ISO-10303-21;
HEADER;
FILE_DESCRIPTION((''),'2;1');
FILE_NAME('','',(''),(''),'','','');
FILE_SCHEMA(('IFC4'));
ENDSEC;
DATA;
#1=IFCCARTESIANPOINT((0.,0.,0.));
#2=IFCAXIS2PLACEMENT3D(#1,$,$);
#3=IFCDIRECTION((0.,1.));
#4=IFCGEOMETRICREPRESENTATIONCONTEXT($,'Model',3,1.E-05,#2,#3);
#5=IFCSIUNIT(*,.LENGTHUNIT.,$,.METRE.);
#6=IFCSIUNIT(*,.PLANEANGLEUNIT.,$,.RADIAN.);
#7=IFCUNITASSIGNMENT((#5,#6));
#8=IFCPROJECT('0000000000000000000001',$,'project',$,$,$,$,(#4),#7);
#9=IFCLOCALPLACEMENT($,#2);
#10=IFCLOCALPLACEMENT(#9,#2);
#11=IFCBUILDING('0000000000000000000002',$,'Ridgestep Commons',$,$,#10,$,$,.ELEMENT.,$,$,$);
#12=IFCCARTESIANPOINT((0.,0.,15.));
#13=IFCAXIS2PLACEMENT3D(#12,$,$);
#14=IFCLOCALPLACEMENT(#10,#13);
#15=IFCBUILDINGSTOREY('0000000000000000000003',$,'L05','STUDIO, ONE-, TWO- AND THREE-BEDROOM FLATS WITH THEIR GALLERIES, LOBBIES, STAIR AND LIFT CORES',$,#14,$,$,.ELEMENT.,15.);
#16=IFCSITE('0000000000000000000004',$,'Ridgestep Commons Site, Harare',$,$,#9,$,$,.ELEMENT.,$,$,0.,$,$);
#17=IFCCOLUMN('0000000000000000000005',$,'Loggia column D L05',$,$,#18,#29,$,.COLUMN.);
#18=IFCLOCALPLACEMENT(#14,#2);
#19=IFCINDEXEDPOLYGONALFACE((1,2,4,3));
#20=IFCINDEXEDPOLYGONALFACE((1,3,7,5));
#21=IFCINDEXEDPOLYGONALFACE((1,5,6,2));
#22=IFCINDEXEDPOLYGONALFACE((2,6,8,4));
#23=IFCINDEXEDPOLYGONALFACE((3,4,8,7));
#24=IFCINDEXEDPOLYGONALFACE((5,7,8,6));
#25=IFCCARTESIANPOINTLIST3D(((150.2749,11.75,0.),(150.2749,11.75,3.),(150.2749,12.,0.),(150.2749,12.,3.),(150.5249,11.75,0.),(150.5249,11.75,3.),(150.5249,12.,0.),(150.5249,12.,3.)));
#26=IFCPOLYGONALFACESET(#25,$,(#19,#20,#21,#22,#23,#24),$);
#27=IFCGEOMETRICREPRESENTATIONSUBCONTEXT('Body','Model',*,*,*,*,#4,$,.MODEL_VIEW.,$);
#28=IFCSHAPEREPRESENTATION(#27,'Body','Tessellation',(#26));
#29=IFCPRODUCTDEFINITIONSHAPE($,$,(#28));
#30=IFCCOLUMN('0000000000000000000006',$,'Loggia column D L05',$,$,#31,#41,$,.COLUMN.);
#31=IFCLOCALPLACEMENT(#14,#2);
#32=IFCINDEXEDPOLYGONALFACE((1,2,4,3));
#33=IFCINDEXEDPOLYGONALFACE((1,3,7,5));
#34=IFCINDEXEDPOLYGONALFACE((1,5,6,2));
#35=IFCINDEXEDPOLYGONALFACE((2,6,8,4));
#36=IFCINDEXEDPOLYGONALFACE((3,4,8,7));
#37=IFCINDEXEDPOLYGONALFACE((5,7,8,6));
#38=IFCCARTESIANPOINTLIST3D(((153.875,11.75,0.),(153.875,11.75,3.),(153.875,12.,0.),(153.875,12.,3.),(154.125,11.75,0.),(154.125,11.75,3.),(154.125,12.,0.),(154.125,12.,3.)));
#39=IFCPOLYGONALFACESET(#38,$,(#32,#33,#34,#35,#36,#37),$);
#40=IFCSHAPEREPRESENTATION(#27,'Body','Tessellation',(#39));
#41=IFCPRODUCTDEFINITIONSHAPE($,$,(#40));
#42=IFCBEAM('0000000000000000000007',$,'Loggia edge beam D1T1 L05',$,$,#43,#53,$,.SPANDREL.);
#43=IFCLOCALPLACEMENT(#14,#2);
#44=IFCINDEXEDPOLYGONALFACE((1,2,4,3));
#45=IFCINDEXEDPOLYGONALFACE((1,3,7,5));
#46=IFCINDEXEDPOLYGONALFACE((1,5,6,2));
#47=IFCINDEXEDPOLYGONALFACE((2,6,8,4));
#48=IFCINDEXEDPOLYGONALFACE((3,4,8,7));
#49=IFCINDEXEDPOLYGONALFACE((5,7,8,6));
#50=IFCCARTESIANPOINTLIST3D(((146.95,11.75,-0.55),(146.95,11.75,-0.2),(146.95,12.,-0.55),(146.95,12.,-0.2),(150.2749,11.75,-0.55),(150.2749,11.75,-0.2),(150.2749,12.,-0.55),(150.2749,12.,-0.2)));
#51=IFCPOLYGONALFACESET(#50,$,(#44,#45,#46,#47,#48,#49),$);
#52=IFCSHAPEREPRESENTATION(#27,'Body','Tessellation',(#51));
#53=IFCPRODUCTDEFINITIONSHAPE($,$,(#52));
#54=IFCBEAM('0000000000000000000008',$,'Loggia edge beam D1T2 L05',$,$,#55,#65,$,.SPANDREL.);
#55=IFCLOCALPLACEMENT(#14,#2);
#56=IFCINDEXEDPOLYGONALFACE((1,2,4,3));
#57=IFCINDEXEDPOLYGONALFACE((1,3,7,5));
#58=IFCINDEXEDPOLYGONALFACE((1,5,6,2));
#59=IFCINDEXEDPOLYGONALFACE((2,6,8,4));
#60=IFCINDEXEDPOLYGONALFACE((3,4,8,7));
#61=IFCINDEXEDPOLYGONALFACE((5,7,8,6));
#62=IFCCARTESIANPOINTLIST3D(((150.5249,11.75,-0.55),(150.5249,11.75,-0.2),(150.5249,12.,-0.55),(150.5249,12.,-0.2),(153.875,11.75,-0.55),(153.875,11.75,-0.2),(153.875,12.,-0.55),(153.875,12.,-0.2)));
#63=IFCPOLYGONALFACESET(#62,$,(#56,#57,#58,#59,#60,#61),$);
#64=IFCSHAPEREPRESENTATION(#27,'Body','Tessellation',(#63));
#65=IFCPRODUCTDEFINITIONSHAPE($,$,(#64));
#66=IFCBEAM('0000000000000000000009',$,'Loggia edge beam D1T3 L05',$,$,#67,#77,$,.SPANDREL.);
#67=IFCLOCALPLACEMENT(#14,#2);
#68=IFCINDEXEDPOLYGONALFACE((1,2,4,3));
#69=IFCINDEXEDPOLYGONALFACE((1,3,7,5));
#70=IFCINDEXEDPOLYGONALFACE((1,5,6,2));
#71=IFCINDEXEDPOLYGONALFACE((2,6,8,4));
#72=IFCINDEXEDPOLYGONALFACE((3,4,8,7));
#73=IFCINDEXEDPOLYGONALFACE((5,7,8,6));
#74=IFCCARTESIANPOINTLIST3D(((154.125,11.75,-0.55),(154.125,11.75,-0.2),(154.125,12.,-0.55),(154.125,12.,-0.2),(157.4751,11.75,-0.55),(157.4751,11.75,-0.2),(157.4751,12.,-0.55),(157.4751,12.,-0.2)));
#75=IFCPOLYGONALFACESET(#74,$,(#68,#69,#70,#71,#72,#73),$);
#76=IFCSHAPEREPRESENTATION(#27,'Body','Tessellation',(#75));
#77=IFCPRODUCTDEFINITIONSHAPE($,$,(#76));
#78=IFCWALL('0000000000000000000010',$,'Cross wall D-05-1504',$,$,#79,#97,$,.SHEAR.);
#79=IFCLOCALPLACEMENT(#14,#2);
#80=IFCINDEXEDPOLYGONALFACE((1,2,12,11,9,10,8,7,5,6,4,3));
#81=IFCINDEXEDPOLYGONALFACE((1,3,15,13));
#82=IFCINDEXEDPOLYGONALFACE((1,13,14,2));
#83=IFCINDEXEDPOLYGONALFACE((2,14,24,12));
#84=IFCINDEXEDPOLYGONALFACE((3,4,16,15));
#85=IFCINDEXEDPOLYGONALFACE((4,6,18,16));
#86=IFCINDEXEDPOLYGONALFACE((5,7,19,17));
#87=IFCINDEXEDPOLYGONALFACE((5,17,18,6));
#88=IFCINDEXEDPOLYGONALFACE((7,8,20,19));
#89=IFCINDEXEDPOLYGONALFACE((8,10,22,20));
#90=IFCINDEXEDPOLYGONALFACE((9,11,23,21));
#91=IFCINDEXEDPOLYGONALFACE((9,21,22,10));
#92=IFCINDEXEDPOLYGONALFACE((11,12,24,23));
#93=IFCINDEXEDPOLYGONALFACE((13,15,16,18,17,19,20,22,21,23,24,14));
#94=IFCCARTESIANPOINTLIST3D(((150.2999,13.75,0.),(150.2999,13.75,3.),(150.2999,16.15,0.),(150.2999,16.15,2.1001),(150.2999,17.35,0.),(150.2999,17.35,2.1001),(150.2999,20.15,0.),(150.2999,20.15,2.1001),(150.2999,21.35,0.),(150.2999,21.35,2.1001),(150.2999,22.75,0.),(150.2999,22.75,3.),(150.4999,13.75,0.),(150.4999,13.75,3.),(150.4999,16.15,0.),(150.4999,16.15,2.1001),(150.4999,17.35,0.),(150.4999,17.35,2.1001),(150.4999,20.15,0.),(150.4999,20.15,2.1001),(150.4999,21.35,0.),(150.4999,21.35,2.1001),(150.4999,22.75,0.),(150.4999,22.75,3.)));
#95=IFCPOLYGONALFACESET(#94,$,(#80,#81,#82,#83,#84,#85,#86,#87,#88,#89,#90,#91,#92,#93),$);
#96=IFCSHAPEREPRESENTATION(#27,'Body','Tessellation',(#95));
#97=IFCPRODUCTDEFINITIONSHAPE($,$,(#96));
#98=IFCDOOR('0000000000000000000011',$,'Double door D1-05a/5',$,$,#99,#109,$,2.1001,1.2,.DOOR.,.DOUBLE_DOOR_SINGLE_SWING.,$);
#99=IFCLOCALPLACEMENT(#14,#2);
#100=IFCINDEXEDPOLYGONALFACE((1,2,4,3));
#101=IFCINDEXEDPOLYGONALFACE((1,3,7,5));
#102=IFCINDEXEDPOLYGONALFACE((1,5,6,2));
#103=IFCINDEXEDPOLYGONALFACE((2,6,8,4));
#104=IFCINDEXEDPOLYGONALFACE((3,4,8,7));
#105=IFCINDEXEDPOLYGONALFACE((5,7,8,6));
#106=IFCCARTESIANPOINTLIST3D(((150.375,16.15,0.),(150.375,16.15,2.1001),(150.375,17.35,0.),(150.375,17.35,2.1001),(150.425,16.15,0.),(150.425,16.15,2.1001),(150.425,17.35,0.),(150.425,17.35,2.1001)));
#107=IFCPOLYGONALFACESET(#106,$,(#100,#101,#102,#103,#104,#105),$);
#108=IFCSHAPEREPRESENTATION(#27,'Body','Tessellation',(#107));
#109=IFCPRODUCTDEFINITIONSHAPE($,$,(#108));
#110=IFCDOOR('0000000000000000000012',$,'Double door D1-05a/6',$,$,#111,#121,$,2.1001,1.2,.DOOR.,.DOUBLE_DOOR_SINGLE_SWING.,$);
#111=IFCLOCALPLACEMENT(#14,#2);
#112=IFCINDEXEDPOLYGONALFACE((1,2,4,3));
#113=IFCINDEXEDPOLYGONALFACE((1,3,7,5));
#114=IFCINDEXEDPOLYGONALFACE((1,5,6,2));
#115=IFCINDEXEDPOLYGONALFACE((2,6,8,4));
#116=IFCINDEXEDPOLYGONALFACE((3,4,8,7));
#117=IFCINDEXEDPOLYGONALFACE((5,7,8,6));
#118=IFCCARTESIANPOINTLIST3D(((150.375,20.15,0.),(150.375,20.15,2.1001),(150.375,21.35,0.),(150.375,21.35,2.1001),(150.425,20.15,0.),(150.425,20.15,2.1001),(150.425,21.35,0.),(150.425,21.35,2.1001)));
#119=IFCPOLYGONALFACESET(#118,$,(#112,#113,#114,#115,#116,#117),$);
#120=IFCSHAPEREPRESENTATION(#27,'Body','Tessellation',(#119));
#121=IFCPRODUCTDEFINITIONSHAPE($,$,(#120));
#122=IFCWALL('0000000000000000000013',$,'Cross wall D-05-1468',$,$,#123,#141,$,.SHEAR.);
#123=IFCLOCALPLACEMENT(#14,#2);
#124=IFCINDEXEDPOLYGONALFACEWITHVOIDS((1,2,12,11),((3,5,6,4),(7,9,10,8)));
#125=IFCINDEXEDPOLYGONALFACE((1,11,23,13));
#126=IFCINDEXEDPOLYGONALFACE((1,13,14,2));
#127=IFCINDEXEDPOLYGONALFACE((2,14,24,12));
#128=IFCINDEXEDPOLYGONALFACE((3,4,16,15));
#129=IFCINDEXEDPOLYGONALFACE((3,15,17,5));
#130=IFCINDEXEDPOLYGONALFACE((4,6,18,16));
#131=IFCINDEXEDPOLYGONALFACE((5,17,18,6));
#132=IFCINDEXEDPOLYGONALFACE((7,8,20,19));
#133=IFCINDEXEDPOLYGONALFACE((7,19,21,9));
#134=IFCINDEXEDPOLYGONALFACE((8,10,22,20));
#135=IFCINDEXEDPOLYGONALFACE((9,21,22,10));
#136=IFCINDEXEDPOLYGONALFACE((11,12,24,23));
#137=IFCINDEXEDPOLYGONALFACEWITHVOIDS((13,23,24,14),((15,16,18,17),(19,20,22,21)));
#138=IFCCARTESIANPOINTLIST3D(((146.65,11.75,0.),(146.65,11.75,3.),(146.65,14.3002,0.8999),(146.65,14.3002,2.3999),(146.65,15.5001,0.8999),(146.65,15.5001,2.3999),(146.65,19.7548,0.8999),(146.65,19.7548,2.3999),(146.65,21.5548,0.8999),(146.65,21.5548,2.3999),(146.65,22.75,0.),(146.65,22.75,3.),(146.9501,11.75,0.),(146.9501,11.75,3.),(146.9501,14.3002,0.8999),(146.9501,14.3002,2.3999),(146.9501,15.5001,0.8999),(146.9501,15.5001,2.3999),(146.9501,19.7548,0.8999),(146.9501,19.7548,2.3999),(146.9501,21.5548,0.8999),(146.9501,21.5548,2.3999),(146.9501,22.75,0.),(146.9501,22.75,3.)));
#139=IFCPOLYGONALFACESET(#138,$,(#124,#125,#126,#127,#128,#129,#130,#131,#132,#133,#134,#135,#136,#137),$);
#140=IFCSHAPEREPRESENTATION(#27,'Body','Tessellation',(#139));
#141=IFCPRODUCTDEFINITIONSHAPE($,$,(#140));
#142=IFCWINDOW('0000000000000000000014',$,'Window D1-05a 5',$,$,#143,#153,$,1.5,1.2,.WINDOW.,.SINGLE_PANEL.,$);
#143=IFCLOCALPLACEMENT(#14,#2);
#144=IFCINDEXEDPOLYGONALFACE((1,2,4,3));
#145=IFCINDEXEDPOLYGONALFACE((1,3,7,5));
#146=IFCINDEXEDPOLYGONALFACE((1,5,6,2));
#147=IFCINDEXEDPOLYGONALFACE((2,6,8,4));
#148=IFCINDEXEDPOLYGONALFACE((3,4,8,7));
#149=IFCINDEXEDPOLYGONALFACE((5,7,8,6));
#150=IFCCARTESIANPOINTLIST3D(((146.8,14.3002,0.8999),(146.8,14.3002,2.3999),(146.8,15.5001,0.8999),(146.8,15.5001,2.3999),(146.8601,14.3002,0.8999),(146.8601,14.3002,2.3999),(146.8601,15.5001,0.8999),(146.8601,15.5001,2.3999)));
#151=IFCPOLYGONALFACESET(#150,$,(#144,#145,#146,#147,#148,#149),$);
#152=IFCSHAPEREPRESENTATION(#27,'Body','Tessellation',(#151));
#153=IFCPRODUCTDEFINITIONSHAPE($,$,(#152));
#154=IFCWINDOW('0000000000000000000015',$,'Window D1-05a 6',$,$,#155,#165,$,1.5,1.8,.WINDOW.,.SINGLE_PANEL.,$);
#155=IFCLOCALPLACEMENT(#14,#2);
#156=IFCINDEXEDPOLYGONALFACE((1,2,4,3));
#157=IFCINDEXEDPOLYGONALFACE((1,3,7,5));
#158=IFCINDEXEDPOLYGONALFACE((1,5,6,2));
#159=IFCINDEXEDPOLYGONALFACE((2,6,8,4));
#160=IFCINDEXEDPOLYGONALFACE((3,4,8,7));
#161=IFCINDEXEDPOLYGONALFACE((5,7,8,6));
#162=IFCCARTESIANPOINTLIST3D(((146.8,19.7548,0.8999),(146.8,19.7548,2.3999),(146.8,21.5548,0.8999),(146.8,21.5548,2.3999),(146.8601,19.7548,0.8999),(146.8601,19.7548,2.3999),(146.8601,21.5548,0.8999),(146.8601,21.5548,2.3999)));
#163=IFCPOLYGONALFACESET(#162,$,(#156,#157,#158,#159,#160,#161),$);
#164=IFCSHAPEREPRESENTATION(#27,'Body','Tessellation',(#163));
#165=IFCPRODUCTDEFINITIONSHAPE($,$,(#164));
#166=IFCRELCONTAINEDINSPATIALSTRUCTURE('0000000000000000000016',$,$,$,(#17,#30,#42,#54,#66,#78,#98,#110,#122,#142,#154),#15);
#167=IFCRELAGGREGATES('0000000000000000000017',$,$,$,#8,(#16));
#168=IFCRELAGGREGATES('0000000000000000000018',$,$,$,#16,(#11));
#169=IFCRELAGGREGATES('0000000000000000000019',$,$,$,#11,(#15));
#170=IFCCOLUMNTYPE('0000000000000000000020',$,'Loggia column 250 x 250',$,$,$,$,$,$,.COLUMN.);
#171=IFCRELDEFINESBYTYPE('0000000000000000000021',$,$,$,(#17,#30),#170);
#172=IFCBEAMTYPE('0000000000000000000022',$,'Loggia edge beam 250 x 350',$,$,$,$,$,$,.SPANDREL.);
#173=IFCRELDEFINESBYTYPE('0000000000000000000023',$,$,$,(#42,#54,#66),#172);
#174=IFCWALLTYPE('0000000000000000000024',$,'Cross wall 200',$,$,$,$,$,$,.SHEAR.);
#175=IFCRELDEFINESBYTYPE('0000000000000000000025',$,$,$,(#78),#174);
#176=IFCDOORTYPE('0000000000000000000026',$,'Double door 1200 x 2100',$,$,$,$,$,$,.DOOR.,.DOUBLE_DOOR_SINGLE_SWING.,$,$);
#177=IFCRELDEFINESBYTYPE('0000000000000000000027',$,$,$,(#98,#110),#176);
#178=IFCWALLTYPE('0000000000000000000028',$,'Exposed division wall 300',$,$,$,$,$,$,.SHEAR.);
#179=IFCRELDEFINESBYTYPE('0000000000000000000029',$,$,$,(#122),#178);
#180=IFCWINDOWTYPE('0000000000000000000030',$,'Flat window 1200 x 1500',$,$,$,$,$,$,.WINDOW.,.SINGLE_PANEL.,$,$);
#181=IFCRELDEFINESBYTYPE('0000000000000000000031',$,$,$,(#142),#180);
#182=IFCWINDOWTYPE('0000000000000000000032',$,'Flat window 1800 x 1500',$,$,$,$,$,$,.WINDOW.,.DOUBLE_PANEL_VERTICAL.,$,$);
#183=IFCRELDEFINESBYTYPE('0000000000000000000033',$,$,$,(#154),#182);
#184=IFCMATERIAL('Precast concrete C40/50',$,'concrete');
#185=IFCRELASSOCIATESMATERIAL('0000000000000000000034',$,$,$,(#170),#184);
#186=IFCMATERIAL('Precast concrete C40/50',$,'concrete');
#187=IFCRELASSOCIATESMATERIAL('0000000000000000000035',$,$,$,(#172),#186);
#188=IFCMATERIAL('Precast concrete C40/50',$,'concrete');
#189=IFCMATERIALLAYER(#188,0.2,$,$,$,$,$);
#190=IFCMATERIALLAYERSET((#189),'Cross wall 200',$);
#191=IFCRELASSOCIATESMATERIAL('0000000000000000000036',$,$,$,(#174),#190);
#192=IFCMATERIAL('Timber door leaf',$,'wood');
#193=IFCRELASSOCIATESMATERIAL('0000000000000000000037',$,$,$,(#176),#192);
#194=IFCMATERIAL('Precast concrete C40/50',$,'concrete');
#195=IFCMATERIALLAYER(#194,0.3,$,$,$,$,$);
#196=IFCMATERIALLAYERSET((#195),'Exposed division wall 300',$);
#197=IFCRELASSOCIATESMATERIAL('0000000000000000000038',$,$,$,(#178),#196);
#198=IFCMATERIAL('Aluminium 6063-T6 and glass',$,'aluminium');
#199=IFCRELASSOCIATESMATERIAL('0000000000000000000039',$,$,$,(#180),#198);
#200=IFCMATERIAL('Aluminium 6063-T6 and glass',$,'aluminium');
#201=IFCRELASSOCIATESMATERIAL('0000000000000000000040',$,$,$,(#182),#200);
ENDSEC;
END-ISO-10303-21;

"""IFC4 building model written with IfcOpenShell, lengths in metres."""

from ifc_helpers import new_model, si_unit, direction, frame, frame_2d, origin, origin_2d, place, context, subcontext, project, spatial, rectangle, extrude, material, layer, layer_set, material_profile, profile_set, type_object, element, fill, save


model = new_model("IFC4")

# Units and contexts
model_context = context("Model", 3, precision=1e-05, world=origin(), true_north=direction((0.0, 1.0)))
body_context = subcontext(model_context, "Body", "Model", "MODEL_VIEW")
ifc_project = project(units=[si_unit("LENGTHUNIT", "METRE"), si_unit("PLANEANGLEUNIT", "RADIAN")], contexts=[model_context])

# Site, building, storey
site_placement = place(None, origin())
site = spatial("IfcSite", under=ifc_project, at=site_placement, Name="Ridgestep Commons Site, Harare", CompositionType="ELEMENT", RefElevation=0.0)
building_placement = place(site_placement, origin())
building = spatial("IfcBuilding", under=site, at=building_placement, Name="Ridgestep Commons", CompositionType="ELEMENT")
storey_placement = place(building_placement, frame((0.0, 0.0, 15.0)))
storey = spatial("IfcBuildingStorey", under=building, at=storey_placement, Name="L05", Description="STUDIO, ONE-, TWO- AND THREE-BEDROOM FLATS WITH THEIR GALLERIES, LOBBIES, STAIR AND LIFT CORES", CompositionType="ELEMENT", Elevation=15.0)

# Columns
ifc_material_1 = material(Name="Precast concrete C40/50", Category="concrete")
ifc_material_profile_1 = material_profile(ifc_material_1, rectangle(XDim=0.25, YDim=0.25, at=origin_2d()), Name="PC 250x250")
ifc_profile_set_1 = profile_set([ifc_material_profile_1], Name="Precast concrete C40/50")
column_type = type_object("IfcColumnType", Name="Loggia column 250 x 250", PredefinedType="COLUMN", material=ifc_profile_set_1)
for number, where, z_axis, x_axis, name in (
    (1, (150.3999, 11.875, 0.0), (0.0, 0.0, 1.0), (1.0, 0.0, 0.0), "Loggia column D L05"),
    (2, (154.0, 11.875, 0.0), (0.0, 0.0, 1.0), (1.0, 0.0, 0.0), "Loggia column D L05"),
):
    element("IfcColumn", number, at=place(storey_placement, frame(where, z_axis=z_axis, x_axis=x_axis)), inside=storey, type_object=column_type, Name=name, PredefinedType="COLUMN", context=body_context, shape_type="SweptSolid", body=[
        extrude(rectangle(XDim=0.25, YDim=0.25, at=origin_2d()), origin(), (0.0, 0.0, 1.0), 3.0),
    ])

# Beams
ifc_material_2 = material(Name="Precast concrete C40/50", Category="concrete")
ifc_material_profile_2 = material_profile(ifc_material_2, rectangle(XDim=0.25, YDim=0.3501, at=origin_2d()), Name="PC 250x350")
ifc_profile_set_2 = profile_set([ifc_material_profile_2], Name="Precast concrete C40/50")
beam_type = type_object("IfcBeamType", Name="Loggia edge beam 250 x 350", PredefinedType="SPANDREL", material=ifc_profile_set_2)
beam_placement = place(storey_placement, frame((146.95, 11.875, -0.375), z_axis=(1.0, 0.0, 0.0), x_axis=(0.0, 1.0, 0.0)))
element("IfcBeam", 3, at=beam_placement, inside=storey, type_object=beam_type, Name="Loggia edge beam D1T1 L05", PredefinedType="SPANDREL", context=body_context, shape_type="SweptSolid", body=[
    extrude(rectangle(XDim=0.25, YDim=0.3501, at=origin_2d()), origin(), (0.0, 0.0, 1.0), 3.325),
])
for number, where, z_axis, x_axis, name in (
    (4, (150.5249, 11.875, -0.375), (1.0, 0.0, 0.0), (0.0, 1.0, 0.0), "Loggia edge beam D1T2 L05"),
    (5, (154.125, 11.875, -0.375), (1.0, 0.0, 0.0), (0.0, 1.0, 0.0), "Loggia edge beam D1T3 L05"),
):
    element("IfcBeam", number, at=place(storey_placement, frame(where, z_axis=z_axis, x_axis=x_axis)), inside=storey, type_object=beam_type, Name=name, PredefinedType="SPANDREL", context=body_context, shape_type="SweptSolid", body=[
        extrude(rectangle(XDim=0.25, YDim=0.3501, at=origin_2d()), origin(), (0.0, 0.0, 1.0), 3.3501),
    ])

# Wall, openings, doors
ifc_material_3 = material(Name="Precast concrete C40/50", Category="concrete")
ifc_layer_1 = layer(ifc_material_3, 0.2)
ifc_layer_set_1 = layer_set([ifc_layer_1], Name="Cross wall 200")
wall_type_1 = type_object("IfcWallType", Name="Cross wall 200", PredefinedType="SHEAR", material=ifc_layer_set_1)
wall_1_placement = place(storey_placement, frame((150.3999, 13.75, 0.0), z_axis=(0.0, 0.0, 1.0), x_axis=(0.0, 1.0, 0.0)))
wall_1 = element("IfcWall", 6, at=wall_1_placement, inside=storey, type_object=wall_type_1, Name="Cross wall D-05-1504", PredefinedType="SHEAR", context=body_context, shape_type="SweptSolid", body=[
    extrude(rectangle(XDim=9.0, YDim=0.2, at=frame_2d((4.5, 0.0))), origin(), (0.0, 0.0, 1.0), 3.0),
])
opening_1_placement = place(wall_1_placement, frame((2.3999, 0.0, 0.0)))
opening_1 = element("IfcOpeningElement", 7, at=opening_1_placement, cuts=wall_1, PredefinedType="OPENING", context=body_context, shape_type="SweptSolid", body=[
    extrude(rectangle(XDim=1.2, YDim=2.1001, at=frame_2d((0.6001, 1.05))), frame((0.0, 0.1099, 0.0), z_axis=(0.0, -1.0, 0.0), x_axis=(1.0, 0.0, 0.0)), (0.0, 0.0, 1.0), 0.22),
])
opening_2_placement = place(wall_1_placement, frame((6.3999, 0.0, 0.0)))
opening_2 = element("IfcOpeningElement", 8, at=opening_2_placement, cuts=wall_1, PredefinedType="OPENING", context=body_context, shape_type="SweptSolid", body=[
    extrude(rectangle(XDim=1.2, YDim=2.1001, at=frame_2d((0.6001, 1.05))), frame((0.0, 0.1099, 0.0), z_axis=(0.0, -1.0, 0.0), x_axis=(1.0, 0.0, 0.0)), (0.0, 0.0, 1.0), 0.22),
])
ifc_material_4 = material(Name="Timber door leaf", Category="wood")
door_type_1 = type_object("IfcDoorType", Name="Double door 1200 x 2100", OperationType="DOUBLE_DOOR_SINGLE_SWING", PredefinedType="DOOR", material=ifc_material_4)
door_1_placement = place(opening_1_placement, origin())
door_1 = element("IfcDoor", 9, at=door_1_placement, inside=storey, type_object=door_type_1, Name="Double door D1-05a/5", OperationType="DOUBLE_DOOR_SINGLE_SWING", OverallHeight=2.1001, OverallWidth=1.2, PredefinedType="DOOR", context=body_context, shape_type="SweptSolid", body=[
    extrude(rectangle(XDim=1.2, YDim=2.1001, at=frame_2d((0.6001, 1.05))), frame((0.0, 0.0249, 0.0), z_axis=(0.0, -1.0, 0.0), x_axis=(1.0, 0.0, 0.0)), (0.0, 0.0, 1.0), 0.05),
])
fill(opening_1, door_1)
door_2_placement = place(opening_2_placement, origin())
door_2 = element("IfcDoor", 10, at=door_2_placement, inside=storey, type_object=door_type_1, Name="Double door D1-05a/6", OperationType="DOUBLE_DOOR_SINGLE_SWING", OverallHeight=2.1001, OverallWidth=1.2, PredefinedType="DOOR", context=body_context, shape_type="SweptSolid", body=[
    extrude(rectangle(XDim=1.2, YDim=2.1001, at=frame_2d((0.6001, 1.05))), frame((0.0, 0.0249, 0.0), z_axis=(0.0, -1.0, 0.0), x_axis=(1.0, 0.0, 0.0)), (0.0, 0.0, 1.0), 0.05),
])
fill(opening_2, door_2)

# Wall, openings, windows
ifc_material_5 = material(Name="Precast concrete C40/50", Category="concrete")
ifc_layer_2 = layer(ifc_material_5, 0.3)
ifc_layer_set_2 = layer_set([ifc_layer_2], Name="Exposed division wall 300")
wall_type_2 = type_object("IfcWallType", Name="Exposed division wall 300", PredefinedType="SHEAR", material=ifc_layer_set_2)
wall_2_placement = place(storey_placement, frame((146.8, 11.75, 0.0), z_axis=(0.0, 0.0, 1.0), x_axis=(0.0, 1.0, 0.0)))
wall_2 = element("IfcWall", 11, at=wall_2_placement, inside=storey, type_object=wall_type_2, Name="Cross wall D-05-1468", PredefinedType="SHEAR", context=body_context, shape_type="SweptSolid", body=[
    extrude(rectangle(XDim=11.0, YDim=0.3, at=frame_2d((5.5, 0.0))), origin(), (0.0, 0.0, 1.0), 3.0),
])
opening_3_placement = place(wall_2_placement, frame((2.55, 0.0, 0.8999)))
opening_3 = element("IfcOpeningElement", 12, at=opening_3_placement, cuts=wall_2, PredefinedType="OPENING", context=body_context, shape_type="SweptSolid", body=[
    extrude(rectangle(XDim=1.2, YDim=1.5, at=frame_2d((0.6001, 0.75))), frame((0.0, 0.1599, 0.0), z_axis=(0.0, -1.0, 0.0), x_axis=(1.0, 0.0, 0.0)), (0.0, 0.0, 1.0), 0.3201),
])
opening_4_placement = place(wall_2_placement, frame((8.0049, 0.0, 0.8999)))
opening_4 = element("IfcOpeningElement", 13, at=opening_4_placement, cuts=wall_2, PredefinedType="OPENING", context=body_context, shape_type="SweptSolid", body=[
    extrude(rectangle(XDim=1.8, YDim=1.5, at=frame_2d((0.8999, 0.75))), frame((0.0, 0.1599, 0.0), z_axis=(0.0, -1.0, 0.0), x_axis=(1.0, 0.0, 0.0)), (0.0, 0.0, 1.0), 0.3201),
])
ifc_material_6 = material(Name="Aluminium 6063-T6 and glass", Category="aluminium")
window_type_1 = type_object("IfcWindowType", Name="Flat window 1200 x 1500", PartitioningType="SINGLE_PANEL", PredefinedType="WINDOW", material=ifc_material_6)
window_1_placement = place(opening_3_placement, origin())
window_1 = element("IfcWindow", 14, at=window_1_placement, inside=storey, type_object=window_type_1, Name="Window D1-05a 5", OverallHeight=1.5, OverallWidth=1.2, PartitioningType="SINGLE_PANEL", PredefinedType="WINDOW", context=body_context, shape_type="SweptSolid", body=[
    extrude(rectangle(XDim=1.2, YDim=1.5, at=frame_2d((0.6001, 0.75))), frame((0.0, 0.0, 0.0), z_axis=(0.0, -1.0, 0.0), x_axis=(1.0, 0.0, 0.0)), (0.0, 0.0, 1.0), 0.0601),
])
fill(opening_3, window_1)
ifc_material_7 = material(Name="Aluminium 6063-T6 and glass", Category="aluminium")
window_type_2 = type_object("IfcWindowType", Name="Flat window 1800 x 1500", PartitioningType="DOUBLE_PANEL_VERTICAL", PredefinedType="WINDOW", material=ifc_material_7)
window_2_placement = place(opening_4_placement, origin())
window_2 = element("IfcWindow", 15, at=window_2_placement, inside=storey, type_object=window_type_2, Name="Window D1-05a 6", OverallHeight=1.5, OverallWidth=1.8, PartitioningType="SINGLE_PANEL", PredefinedType="WINDOW", context=body_context, shape_type="SweptSolid", body=[
    extrude(rectangle(XDim=1.8, YDim=1.5, at=frame_2d((0.8999, 0.75))), frame((0.0, 0.0, 0.0), z_axis=(0.0, -1.0, 0.0), x_axis=(1.0, 0.0, 0.0)), (0.0, 0.0, 1.0), 0.0601),
])
fill(opening_4, window_2)

save(model, "model.ifc")
